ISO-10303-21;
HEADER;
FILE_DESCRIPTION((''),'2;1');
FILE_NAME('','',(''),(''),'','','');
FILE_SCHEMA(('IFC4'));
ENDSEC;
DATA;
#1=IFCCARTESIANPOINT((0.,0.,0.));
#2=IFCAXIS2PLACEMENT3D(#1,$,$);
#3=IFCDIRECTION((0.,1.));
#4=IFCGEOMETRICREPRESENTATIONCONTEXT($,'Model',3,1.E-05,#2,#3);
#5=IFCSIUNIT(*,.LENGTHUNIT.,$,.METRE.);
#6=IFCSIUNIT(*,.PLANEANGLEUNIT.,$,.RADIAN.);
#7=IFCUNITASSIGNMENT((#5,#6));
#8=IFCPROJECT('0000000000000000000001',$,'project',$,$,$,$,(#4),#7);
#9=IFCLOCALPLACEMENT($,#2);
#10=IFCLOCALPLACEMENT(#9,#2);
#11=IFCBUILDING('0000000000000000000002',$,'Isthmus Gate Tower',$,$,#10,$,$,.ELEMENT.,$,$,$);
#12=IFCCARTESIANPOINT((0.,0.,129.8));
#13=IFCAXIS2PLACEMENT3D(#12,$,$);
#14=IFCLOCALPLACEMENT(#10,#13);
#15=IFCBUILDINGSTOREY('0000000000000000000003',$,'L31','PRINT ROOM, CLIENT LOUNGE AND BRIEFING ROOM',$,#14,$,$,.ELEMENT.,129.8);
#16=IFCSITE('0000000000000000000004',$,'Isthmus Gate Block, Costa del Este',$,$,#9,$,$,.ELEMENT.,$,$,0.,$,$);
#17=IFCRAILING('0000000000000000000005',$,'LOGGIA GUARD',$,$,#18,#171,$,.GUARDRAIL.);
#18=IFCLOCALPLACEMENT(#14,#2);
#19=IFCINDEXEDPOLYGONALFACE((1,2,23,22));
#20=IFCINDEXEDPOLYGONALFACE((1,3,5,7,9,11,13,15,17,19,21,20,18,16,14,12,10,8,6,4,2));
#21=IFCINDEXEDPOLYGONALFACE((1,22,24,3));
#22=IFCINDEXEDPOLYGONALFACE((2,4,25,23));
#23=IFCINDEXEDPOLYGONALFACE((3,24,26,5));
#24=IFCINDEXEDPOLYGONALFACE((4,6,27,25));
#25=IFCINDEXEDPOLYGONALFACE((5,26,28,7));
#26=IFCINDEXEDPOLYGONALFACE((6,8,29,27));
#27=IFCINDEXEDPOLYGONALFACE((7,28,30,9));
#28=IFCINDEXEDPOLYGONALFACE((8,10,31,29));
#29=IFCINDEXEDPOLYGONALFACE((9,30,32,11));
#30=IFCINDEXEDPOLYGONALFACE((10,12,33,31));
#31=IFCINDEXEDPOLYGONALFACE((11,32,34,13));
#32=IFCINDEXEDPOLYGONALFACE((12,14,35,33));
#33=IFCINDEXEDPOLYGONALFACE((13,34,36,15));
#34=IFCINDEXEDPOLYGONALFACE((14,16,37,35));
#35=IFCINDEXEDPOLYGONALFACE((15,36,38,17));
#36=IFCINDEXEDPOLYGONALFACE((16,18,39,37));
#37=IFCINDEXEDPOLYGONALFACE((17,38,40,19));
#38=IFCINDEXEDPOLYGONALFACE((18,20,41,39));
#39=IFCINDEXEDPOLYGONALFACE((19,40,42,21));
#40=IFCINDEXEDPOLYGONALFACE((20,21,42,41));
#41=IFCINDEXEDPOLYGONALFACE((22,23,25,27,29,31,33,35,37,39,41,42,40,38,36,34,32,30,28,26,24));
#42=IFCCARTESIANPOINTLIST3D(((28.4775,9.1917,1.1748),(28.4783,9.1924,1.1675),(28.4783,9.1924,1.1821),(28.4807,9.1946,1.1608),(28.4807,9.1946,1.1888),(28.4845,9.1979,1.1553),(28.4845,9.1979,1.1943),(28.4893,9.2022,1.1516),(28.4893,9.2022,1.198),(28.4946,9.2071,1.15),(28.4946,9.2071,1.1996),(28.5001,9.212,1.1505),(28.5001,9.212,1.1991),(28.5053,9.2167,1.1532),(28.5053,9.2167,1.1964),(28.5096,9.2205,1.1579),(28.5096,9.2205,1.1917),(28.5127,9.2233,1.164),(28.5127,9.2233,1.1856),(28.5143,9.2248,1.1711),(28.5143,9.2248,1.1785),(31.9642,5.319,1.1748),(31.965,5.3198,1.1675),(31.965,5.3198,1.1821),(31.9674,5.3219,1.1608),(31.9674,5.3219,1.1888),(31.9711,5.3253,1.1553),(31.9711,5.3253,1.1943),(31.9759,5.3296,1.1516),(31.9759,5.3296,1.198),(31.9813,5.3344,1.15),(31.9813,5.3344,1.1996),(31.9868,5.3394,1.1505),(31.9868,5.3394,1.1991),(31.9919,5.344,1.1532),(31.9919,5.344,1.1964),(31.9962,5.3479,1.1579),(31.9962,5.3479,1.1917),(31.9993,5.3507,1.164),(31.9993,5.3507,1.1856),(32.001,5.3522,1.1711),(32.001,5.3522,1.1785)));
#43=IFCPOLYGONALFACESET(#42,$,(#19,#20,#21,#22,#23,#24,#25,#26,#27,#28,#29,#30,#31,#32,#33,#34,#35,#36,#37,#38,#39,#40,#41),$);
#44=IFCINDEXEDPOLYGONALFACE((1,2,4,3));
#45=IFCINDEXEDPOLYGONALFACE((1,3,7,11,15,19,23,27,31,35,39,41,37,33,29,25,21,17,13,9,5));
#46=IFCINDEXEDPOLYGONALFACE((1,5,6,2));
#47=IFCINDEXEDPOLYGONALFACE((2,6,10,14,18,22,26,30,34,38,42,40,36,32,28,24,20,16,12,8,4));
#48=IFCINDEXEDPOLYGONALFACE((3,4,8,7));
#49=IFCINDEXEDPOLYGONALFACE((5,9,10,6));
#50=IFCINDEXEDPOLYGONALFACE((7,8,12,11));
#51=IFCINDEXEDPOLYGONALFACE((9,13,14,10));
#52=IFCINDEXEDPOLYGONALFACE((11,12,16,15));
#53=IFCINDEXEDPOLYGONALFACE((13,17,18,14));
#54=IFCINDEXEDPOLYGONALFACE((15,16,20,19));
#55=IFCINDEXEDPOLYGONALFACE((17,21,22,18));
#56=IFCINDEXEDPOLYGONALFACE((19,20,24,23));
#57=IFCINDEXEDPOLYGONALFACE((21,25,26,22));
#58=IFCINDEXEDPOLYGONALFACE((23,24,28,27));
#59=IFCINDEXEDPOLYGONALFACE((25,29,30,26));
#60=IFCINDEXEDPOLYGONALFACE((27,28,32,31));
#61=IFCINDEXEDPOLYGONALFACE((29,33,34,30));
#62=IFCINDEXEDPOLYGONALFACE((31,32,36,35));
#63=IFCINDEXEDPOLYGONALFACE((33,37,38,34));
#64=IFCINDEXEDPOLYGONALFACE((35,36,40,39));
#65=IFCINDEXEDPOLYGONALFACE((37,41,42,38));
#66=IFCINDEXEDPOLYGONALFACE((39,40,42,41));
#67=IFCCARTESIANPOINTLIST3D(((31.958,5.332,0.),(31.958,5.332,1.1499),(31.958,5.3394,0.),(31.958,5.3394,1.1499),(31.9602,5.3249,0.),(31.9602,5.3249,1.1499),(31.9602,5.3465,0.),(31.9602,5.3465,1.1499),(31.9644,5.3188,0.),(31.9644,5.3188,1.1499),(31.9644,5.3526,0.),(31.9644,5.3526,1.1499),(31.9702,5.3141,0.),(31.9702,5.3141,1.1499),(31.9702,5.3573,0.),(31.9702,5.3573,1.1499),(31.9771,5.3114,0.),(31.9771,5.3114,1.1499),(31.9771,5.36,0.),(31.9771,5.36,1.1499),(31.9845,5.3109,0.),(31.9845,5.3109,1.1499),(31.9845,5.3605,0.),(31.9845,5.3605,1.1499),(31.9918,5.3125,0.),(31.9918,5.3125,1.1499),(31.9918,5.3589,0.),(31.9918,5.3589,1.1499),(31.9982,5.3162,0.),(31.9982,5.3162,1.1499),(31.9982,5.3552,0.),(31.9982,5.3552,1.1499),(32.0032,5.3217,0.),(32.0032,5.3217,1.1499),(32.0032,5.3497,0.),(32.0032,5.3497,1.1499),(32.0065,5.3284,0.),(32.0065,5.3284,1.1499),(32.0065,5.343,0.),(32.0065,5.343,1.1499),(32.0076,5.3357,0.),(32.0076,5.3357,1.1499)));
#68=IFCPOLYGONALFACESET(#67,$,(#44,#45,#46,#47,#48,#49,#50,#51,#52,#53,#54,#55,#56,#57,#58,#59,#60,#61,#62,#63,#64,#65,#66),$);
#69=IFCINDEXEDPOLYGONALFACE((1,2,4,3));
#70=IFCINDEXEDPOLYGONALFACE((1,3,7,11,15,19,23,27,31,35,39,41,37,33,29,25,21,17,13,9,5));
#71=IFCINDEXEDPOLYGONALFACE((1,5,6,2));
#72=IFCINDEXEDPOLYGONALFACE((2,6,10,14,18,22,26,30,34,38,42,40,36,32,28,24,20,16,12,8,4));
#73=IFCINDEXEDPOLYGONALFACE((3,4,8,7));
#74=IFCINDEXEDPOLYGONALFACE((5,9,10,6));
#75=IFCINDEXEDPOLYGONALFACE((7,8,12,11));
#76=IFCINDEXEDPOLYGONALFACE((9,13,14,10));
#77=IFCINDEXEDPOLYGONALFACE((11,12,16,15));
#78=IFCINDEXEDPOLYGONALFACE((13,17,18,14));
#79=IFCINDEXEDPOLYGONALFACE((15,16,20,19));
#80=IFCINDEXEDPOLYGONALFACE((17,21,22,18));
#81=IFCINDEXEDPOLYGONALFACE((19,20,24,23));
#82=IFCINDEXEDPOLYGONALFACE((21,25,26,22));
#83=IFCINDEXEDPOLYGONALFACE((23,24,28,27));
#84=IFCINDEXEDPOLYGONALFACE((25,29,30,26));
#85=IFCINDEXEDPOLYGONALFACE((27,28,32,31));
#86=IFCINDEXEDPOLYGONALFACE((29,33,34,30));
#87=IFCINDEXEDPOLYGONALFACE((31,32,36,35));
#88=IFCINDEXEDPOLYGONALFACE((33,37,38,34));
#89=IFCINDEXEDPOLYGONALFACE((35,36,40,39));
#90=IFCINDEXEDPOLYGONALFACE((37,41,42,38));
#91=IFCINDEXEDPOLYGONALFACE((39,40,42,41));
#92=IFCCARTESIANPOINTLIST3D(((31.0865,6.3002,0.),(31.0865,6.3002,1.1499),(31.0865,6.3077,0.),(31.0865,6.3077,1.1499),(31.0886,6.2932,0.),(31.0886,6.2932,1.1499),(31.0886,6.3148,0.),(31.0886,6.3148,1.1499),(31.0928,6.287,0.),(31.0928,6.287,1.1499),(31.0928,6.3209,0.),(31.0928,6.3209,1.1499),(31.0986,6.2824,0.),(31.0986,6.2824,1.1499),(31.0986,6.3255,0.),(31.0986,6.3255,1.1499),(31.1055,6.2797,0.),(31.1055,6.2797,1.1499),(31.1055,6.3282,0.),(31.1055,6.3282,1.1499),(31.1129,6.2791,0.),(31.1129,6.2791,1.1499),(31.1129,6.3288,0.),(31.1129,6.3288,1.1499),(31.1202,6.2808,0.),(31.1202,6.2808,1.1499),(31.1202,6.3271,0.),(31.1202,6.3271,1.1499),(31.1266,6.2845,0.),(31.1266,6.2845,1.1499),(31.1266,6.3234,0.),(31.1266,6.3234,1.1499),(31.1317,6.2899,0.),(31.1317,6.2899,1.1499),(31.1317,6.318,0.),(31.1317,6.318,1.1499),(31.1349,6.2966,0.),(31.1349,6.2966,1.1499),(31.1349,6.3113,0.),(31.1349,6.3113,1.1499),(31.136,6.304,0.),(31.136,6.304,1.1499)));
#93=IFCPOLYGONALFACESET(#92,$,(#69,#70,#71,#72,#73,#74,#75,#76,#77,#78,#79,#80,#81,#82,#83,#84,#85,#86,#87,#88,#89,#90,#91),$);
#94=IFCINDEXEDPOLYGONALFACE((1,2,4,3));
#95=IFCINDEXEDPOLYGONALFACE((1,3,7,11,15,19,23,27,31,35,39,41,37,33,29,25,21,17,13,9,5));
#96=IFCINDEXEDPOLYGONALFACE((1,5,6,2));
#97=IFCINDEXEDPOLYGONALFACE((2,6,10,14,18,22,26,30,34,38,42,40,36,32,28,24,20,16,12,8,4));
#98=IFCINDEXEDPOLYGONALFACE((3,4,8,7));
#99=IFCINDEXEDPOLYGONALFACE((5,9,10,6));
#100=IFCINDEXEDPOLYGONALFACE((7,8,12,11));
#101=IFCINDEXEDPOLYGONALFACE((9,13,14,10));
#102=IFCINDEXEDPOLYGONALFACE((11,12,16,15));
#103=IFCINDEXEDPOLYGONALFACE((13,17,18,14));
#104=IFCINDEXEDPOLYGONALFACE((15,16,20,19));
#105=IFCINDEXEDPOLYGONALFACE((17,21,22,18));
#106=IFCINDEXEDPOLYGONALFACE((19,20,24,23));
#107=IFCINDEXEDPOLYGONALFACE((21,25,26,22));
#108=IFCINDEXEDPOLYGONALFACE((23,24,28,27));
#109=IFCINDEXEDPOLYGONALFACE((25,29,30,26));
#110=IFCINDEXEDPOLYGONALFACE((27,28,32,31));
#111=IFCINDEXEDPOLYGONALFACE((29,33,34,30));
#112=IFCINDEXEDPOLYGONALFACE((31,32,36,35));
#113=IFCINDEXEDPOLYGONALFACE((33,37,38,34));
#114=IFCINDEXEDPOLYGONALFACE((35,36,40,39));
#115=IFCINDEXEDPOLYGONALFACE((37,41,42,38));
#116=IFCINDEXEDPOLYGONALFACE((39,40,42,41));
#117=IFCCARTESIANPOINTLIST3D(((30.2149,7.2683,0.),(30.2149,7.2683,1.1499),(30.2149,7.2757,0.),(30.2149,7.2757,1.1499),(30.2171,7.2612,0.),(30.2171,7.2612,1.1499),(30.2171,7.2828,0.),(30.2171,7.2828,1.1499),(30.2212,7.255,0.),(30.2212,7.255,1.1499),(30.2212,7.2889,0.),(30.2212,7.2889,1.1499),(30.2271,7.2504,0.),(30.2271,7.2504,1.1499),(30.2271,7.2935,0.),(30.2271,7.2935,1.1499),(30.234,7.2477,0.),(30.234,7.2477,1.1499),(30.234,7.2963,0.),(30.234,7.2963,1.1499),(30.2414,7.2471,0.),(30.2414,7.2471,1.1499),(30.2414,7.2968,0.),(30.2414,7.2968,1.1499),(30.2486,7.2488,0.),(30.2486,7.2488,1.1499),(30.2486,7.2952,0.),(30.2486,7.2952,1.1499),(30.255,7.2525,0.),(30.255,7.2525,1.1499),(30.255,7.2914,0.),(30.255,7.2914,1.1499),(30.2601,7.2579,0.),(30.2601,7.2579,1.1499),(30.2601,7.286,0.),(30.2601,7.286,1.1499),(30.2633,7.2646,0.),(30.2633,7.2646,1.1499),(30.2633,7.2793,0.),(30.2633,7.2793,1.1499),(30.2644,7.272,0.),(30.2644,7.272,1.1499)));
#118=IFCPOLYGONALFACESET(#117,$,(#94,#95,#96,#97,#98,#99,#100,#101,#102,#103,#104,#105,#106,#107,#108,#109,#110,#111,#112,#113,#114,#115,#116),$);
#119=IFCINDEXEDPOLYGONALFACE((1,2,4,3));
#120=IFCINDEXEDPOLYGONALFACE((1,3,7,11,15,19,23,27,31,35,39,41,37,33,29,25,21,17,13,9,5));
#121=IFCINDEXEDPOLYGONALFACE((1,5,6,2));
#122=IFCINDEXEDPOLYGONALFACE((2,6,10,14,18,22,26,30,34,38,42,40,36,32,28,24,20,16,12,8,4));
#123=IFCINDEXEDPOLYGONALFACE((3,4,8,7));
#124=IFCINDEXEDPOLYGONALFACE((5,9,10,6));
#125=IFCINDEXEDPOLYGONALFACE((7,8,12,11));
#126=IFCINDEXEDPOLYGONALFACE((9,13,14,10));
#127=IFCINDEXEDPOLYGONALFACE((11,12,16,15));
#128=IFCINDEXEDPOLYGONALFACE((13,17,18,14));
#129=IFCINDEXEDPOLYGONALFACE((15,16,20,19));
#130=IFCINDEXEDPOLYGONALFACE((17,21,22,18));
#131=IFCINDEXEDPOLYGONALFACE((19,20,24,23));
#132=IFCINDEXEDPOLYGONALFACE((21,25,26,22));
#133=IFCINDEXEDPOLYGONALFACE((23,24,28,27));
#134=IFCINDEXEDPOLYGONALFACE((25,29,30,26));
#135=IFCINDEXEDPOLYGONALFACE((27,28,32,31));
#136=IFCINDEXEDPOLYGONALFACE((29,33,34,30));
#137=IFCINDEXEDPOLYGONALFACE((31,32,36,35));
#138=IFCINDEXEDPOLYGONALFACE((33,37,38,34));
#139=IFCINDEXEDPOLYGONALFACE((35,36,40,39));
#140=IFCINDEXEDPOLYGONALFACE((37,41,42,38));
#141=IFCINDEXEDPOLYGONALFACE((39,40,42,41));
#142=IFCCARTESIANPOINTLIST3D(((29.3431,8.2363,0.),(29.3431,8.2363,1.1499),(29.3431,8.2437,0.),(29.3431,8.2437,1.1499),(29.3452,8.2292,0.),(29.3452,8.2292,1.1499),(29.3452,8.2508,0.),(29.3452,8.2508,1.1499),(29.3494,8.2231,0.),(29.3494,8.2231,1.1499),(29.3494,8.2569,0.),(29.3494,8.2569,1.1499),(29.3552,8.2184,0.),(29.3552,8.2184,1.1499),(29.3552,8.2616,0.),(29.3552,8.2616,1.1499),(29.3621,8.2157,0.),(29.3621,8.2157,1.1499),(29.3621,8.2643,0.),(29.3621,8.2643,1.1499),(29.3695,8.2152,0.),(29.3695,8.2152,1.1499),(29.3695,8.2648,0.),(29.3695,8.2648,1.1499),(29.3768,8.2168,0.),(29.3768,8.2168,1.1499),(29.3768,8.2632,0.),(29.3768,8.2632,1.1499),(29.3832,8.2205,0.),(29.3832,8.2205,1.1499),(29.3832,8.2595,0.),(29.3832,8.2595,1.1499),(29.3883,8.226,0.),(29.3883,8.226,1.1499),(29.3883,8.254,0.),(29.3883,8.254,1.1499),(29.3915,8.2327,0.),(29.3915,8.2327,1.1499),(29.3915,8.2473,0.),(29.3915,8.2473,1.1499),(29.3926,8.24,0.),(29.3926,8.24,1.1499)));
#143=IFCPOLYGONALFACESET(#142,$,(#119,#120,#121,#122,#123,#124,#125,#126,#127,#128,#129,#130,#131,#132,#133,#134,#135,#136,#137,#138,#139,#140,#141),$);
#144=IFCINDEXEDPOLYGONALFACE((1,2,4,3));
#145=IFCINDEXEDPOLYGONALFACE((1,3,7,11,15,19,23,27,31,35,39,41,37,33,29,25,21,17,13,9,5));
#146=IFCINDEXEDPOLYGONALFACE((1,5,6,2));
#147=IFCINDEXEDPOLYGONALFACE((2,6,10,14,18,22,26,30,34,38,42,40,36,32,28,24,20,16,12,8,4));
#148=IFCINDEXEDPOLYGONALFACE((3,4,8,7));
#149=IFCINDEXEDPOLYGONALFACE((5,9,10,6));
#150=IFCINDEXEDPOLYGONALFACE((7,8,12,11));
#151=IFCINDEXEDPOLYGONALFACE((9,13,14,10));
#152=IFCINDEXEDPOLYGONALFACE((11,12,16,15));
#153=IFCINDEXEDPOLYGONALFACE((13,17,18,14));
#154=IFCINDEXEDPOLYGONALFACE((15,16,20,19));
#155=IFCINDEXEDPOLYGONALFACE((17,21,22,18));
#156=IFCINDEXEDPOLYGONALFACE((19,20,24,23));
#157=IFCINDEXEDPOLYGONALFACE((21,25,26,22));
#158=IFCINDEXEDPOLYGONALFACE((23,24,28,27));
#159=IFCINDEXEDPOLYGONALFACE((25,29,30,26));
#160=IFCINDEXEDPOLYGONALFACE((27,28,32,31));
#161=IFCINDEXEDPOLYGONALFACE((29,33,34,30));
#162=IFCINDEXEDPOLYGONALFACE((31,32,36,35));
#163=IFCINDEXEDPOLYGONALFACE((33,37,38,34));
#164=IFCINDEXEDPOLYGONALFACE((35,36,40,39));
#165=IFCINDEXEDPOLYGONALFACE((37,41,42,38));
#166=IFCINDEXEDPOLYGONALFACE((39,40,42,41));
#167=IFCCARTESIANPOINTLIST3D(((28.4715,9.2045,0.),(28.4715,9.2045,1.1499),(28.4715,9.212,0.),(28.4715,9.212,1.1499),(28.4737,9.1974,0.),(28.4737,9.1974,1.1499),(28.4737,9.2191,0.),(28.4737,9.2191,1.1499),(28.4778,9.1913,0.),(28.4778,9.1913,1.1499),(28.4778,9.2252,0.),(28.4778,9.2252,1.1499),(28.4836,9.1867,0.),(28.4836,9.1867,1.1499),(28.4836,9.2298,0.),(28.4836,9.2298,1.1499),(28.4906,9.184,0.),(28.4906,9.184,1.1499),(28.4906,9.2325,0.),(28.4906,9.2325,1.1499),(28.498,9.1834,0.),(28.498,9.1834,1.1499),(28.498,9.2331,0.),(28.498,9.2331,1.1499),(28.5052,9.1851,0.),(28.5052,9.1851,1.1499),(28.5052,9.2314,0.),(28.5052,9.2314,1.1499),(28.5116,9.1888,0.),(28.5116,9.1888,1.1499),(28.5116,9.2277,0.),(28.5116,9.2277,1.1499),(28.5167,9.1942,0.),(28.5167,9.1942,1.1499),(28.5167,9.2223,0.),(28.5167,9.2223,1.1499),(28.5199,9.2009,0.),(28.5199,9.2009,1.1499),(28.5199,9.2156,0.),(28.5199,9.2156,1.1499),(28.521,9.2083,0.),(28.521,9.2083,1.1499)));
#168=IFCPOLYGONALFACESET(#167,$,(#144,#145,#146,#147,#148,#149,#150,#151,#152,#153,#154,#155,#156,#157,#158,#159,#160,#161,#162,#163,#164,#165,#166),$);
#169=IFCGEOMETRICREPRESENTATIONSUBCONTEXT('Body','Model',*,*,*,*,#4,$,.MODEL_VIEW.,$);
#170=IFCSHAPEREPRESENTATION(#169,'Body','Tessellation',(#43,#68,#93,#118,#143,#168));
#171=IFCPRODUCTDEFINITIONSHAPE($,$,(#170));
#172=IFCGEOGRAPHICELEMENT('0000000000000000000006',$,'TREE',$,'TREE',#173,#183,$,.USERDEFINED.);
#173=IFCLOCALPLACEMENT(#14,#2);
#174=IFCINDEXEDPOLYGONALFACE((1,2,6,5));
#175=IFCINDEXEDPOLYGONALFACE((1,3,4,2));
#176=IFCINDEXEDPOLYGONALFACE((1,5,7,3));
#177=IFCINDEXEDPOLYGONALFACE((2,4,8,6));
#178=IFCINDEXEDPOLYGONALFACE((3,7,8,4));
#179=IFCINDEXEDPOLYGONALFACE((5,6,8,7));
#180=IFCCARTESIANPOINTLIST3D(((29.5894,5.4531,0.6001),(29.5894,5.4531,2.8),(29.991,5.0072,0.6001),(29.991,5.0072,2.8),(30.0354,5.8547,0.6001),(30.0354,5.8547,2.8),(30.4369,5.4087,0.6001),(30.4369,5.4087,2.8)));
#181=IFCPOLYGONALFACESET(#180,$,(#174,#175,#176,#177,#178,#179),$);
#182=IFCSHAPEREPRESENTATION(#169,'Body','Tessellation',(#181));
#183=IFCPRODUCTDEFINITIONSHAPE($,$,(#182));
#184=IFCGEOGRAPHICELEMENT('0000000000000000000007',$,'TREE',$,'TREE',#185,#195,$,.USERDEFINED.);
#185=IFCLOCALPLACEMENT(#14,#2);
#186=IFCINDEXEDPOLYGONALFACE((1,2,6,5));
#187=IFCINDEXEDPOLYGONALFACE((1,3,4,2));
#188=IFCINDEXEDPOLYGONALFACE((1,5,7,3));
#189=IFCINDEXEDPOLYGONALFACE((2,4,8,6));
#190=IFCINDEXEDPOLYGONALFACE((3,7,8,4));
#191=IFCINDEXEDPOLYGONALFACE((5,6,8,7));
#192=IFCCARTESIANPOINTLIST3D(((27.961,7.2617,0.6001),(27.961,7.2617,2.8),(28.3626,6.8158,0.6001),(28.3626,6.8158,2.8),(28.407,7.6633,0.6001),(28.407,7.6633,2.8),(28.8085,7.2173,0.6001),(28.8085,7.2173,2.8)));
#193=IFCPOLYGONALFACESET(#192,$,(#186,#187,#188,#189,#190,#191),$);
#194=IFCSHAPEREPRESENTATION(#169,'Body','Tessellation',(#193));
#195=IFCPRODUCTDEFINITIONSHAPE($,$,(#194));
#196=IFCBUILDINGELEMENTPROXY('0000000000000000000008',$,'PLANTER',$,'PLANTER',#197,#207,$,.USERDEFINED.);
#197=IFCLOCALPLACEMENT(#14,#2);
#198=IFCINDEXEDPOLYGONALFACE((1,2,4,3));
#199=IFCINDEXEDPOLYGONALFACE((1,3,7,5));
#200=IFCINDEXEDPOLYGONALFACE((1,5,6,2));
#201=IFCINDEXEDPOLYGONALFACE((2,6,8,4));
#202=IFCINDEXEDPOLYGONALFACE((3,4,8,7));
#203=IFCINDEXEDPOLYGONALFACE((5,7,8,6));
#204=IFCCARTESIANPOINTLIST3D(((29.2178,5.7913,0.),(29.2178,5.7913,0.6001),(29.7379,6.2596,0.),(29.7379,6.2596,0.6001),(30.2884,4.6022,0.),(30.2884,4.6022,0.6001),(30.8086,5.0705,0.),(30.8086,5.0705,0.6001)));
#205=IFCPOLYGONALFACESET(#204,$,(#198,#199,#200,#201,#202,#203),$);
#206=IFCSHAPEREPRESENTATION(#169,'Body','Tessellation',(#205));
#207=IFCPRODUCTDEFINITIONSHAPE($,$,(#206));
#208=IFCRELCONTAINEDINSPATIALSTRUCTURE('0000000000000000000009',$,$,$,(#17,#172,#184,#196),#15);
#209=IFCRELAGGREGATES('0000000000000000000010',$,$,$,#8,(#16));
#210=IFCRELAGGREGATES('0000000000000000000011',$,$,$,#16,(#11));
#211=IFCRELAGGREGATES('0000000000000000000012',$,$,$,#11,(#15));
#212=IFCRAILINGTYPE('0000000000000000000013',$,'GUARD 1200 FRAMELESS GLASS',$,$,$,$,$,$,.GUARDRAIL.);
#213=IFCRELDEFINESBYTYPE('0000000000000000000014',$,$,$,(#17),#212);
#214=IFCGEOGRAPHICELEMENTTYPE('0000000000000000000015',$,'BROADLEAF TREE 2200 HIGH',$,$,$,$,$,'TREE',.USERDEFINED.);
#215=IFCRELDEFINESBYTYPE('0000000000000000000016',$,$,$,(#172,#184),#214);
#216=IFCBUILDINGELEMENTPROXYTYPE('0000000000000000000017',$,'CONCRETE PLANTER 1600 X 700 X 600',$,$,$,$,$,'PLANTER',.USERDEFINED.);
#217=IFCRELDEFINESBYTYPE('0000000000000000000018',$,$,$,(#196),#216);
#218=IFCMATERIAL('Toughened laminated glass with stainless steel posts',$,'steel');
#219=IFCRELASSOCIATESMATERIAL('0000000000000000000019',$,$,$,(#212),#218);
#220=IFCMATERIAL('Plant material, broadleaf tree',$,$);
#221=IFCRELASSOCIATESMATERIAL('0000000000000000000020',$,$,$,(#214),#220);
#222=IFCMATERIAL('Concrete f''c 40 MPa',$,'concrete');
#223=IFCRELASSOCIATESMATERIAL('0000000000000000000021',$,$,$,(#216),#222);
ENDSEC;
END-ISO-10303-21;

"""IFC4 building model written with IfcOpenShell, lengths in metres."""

from ifc_helpers import new_model, si_unit, direction, frame, origin, origin_2d, place, context, subcontext, project, spatial, rectangle, circle, extrude, material, type_object, element, save


model = new_model("IFC4")

# Units and contexts
model_context = context("Model", 3, precision=1e-05, world=origin(), true_north=direction((0.0, 1.0)))
body_context = subcontext(model_context, "Body", "Model", "MODEL_VIEW")
ifc_project = project(units=[si_unit("LENGTHUNIT", "METRE"), si_unit("PLANEANGLEUNIT", "RADIAN")], contexts=[model_context])

# Site, building, storey
site_placement = place(None, origin())
site = spatial("IfcSite", under=ifc_project, at=site_placement, Name="Isthmus Gate Block, Costa del Este", CompositionType="ELEMENT", RefElevation=0.0)
building_placement = place(site_placement, origin())
building = spatial("IfcBuilding", under=site, at=building_placement, Name="Isthmus Gate Tower", CompositionType="ELEMENT")
storey_placement = place(building_placement, frame((0.0, 0.0, 129.8)))
storey = spatial("IfcBuildingStorey", under=building, at=storey_placement, Name="L31", Description="PRINT ROOM, CLIENT LOUNGE AND BRIEFING ROOM", CompositionType="ELEMENT", Elevation=129.8)

# Railing
ifc_material_1 = material(Name="Toughened laminated glass with stainless steel posts", Category="steel")
railing_type = type_object("IfcRailingType", Name="GUARD 1200 FRAMELESS GLASS", PredefinedType="GUARDRAIL", material=ifc_material_1)
railing_placement = place(storey_placement, frame((31.9827, 5.3357, 0.0)))
element("IfcRailing", 1, at=railing_placement, inside=storey, type_object=railing_type, Name="LOGGIA GUARD", PredefinedType="GUARDRAIL", context=body_context, shape_type="SweptSolid", body=[
    extrude(circle(Radius=0.0249, at=origin_2d()), frame((0.0, 0.0, 1.1748), z_axis=(-0.669099, 0.743173, 0.0), x_axis=(-0.743173, -0.669099, 0.0)), (0.0, 0.0, 1.0), 5.2109),
    extrude(circle(Radius=0.0249, at=origin_2d()), origin(), (0.0, 0.0, 1.0), 1.1499),
    extrude(circle(Radius=0.0249, at=origin_2d()), frame((-0.8716, 0.9683, 0.0)), (0.0, 0.0, 1.0), 1.1499),
    extrude(circle(Radius=0.0249, at=origin_2d()), frame((-1.7432, 1.9363, 0.0)), (0.0, 0.0, 1.0), 1.1499),
    extrude(circle(Radius=0.0249, at=origin_2d()), frame((-2.615, 2.9043, 0.0)), (0.0, 0.0, 1.0), 1.1499),
    extrude(circle(Radius=0.0249, at=origin_2d()), frame((-3.4866, 3.8726, 0.0)), (0.0, 0.0, 1.0), 1.1499),
])

# Geographic elements
ifc_material_2 = material(Name="Plant material, broadleaf tree")
geographic_element_type = type_object("IfcGeographicElementType", Name="BROADLEAF TREE 2200 HIGH", ElementType="TREE", PredefinedType="USERDEFINED", material=ifc_material_2)
for number, where, z_axis, x_axis, name in (
    (2, (30.0132, 5.4309, 0.6001), (0.0, 0.0, 1.0), (-0.669131, 0.743145, 0.0), "TREE"),
    (3, (28.3848, 7.2395, 0.6001), (0.0, 0.0, 1.0), (-0.669131, 0.743145, 0.0), "TREE"),
):
    element("IfcGeographicElement", number, at=place(storey_placement, frame(where, z_axis=z_axis, x_axis=x_axis)), inside=storey, type_object=geographic_element_type, Name=name, ObjectType="TREE", PredefinedType="USERDEFINED", context=body_context, shape_type="SweptSolid", body=[
        extrude(rectangle(XDim=0.6001, YDim=0.6001, at=origin_2d()), origin(), (0.0, 0.0, 1.0), 2.2),
    ])

# Building element proxy
ifc_material_3 = material(Name="Concrete f'c 40 MPa", Category="concrete")
building_element_proxy_type = type_object("IfcBuildingElementProxyType", Name="CONCRETE PLANTER 1600 X 700 X 600", ElementType="PLANTER", PredefinedType="USERDEFINED", material=ifc_material_3)
for number, where, z_axis, x_axis, name in (
    (4, (30.0132, 5.4309, 0.0), (0.0, 0.0, 1.0), (-0.669131, 0.743145, 0.0), "PLANTER"),
):
    element("IfcBuildingElementProxy", number, at=place(storey_placement, frame(where, z_axis=z_axis, x_axis=x_axis)), inside=storey, type_object=building_element_proxy_type, Name=name, ObjectType="PLANTER", PredefinedType="USERDEFINED", context=body_context, shape_type="SweptSolid", body=[
        extrude(rectangle(XDim=1.6001, YDim=0.7, at=origin_2d()), origin(), (0.0, 0.0, 1.0), 0.6001),
    ])

save(model, "model.ifc")
